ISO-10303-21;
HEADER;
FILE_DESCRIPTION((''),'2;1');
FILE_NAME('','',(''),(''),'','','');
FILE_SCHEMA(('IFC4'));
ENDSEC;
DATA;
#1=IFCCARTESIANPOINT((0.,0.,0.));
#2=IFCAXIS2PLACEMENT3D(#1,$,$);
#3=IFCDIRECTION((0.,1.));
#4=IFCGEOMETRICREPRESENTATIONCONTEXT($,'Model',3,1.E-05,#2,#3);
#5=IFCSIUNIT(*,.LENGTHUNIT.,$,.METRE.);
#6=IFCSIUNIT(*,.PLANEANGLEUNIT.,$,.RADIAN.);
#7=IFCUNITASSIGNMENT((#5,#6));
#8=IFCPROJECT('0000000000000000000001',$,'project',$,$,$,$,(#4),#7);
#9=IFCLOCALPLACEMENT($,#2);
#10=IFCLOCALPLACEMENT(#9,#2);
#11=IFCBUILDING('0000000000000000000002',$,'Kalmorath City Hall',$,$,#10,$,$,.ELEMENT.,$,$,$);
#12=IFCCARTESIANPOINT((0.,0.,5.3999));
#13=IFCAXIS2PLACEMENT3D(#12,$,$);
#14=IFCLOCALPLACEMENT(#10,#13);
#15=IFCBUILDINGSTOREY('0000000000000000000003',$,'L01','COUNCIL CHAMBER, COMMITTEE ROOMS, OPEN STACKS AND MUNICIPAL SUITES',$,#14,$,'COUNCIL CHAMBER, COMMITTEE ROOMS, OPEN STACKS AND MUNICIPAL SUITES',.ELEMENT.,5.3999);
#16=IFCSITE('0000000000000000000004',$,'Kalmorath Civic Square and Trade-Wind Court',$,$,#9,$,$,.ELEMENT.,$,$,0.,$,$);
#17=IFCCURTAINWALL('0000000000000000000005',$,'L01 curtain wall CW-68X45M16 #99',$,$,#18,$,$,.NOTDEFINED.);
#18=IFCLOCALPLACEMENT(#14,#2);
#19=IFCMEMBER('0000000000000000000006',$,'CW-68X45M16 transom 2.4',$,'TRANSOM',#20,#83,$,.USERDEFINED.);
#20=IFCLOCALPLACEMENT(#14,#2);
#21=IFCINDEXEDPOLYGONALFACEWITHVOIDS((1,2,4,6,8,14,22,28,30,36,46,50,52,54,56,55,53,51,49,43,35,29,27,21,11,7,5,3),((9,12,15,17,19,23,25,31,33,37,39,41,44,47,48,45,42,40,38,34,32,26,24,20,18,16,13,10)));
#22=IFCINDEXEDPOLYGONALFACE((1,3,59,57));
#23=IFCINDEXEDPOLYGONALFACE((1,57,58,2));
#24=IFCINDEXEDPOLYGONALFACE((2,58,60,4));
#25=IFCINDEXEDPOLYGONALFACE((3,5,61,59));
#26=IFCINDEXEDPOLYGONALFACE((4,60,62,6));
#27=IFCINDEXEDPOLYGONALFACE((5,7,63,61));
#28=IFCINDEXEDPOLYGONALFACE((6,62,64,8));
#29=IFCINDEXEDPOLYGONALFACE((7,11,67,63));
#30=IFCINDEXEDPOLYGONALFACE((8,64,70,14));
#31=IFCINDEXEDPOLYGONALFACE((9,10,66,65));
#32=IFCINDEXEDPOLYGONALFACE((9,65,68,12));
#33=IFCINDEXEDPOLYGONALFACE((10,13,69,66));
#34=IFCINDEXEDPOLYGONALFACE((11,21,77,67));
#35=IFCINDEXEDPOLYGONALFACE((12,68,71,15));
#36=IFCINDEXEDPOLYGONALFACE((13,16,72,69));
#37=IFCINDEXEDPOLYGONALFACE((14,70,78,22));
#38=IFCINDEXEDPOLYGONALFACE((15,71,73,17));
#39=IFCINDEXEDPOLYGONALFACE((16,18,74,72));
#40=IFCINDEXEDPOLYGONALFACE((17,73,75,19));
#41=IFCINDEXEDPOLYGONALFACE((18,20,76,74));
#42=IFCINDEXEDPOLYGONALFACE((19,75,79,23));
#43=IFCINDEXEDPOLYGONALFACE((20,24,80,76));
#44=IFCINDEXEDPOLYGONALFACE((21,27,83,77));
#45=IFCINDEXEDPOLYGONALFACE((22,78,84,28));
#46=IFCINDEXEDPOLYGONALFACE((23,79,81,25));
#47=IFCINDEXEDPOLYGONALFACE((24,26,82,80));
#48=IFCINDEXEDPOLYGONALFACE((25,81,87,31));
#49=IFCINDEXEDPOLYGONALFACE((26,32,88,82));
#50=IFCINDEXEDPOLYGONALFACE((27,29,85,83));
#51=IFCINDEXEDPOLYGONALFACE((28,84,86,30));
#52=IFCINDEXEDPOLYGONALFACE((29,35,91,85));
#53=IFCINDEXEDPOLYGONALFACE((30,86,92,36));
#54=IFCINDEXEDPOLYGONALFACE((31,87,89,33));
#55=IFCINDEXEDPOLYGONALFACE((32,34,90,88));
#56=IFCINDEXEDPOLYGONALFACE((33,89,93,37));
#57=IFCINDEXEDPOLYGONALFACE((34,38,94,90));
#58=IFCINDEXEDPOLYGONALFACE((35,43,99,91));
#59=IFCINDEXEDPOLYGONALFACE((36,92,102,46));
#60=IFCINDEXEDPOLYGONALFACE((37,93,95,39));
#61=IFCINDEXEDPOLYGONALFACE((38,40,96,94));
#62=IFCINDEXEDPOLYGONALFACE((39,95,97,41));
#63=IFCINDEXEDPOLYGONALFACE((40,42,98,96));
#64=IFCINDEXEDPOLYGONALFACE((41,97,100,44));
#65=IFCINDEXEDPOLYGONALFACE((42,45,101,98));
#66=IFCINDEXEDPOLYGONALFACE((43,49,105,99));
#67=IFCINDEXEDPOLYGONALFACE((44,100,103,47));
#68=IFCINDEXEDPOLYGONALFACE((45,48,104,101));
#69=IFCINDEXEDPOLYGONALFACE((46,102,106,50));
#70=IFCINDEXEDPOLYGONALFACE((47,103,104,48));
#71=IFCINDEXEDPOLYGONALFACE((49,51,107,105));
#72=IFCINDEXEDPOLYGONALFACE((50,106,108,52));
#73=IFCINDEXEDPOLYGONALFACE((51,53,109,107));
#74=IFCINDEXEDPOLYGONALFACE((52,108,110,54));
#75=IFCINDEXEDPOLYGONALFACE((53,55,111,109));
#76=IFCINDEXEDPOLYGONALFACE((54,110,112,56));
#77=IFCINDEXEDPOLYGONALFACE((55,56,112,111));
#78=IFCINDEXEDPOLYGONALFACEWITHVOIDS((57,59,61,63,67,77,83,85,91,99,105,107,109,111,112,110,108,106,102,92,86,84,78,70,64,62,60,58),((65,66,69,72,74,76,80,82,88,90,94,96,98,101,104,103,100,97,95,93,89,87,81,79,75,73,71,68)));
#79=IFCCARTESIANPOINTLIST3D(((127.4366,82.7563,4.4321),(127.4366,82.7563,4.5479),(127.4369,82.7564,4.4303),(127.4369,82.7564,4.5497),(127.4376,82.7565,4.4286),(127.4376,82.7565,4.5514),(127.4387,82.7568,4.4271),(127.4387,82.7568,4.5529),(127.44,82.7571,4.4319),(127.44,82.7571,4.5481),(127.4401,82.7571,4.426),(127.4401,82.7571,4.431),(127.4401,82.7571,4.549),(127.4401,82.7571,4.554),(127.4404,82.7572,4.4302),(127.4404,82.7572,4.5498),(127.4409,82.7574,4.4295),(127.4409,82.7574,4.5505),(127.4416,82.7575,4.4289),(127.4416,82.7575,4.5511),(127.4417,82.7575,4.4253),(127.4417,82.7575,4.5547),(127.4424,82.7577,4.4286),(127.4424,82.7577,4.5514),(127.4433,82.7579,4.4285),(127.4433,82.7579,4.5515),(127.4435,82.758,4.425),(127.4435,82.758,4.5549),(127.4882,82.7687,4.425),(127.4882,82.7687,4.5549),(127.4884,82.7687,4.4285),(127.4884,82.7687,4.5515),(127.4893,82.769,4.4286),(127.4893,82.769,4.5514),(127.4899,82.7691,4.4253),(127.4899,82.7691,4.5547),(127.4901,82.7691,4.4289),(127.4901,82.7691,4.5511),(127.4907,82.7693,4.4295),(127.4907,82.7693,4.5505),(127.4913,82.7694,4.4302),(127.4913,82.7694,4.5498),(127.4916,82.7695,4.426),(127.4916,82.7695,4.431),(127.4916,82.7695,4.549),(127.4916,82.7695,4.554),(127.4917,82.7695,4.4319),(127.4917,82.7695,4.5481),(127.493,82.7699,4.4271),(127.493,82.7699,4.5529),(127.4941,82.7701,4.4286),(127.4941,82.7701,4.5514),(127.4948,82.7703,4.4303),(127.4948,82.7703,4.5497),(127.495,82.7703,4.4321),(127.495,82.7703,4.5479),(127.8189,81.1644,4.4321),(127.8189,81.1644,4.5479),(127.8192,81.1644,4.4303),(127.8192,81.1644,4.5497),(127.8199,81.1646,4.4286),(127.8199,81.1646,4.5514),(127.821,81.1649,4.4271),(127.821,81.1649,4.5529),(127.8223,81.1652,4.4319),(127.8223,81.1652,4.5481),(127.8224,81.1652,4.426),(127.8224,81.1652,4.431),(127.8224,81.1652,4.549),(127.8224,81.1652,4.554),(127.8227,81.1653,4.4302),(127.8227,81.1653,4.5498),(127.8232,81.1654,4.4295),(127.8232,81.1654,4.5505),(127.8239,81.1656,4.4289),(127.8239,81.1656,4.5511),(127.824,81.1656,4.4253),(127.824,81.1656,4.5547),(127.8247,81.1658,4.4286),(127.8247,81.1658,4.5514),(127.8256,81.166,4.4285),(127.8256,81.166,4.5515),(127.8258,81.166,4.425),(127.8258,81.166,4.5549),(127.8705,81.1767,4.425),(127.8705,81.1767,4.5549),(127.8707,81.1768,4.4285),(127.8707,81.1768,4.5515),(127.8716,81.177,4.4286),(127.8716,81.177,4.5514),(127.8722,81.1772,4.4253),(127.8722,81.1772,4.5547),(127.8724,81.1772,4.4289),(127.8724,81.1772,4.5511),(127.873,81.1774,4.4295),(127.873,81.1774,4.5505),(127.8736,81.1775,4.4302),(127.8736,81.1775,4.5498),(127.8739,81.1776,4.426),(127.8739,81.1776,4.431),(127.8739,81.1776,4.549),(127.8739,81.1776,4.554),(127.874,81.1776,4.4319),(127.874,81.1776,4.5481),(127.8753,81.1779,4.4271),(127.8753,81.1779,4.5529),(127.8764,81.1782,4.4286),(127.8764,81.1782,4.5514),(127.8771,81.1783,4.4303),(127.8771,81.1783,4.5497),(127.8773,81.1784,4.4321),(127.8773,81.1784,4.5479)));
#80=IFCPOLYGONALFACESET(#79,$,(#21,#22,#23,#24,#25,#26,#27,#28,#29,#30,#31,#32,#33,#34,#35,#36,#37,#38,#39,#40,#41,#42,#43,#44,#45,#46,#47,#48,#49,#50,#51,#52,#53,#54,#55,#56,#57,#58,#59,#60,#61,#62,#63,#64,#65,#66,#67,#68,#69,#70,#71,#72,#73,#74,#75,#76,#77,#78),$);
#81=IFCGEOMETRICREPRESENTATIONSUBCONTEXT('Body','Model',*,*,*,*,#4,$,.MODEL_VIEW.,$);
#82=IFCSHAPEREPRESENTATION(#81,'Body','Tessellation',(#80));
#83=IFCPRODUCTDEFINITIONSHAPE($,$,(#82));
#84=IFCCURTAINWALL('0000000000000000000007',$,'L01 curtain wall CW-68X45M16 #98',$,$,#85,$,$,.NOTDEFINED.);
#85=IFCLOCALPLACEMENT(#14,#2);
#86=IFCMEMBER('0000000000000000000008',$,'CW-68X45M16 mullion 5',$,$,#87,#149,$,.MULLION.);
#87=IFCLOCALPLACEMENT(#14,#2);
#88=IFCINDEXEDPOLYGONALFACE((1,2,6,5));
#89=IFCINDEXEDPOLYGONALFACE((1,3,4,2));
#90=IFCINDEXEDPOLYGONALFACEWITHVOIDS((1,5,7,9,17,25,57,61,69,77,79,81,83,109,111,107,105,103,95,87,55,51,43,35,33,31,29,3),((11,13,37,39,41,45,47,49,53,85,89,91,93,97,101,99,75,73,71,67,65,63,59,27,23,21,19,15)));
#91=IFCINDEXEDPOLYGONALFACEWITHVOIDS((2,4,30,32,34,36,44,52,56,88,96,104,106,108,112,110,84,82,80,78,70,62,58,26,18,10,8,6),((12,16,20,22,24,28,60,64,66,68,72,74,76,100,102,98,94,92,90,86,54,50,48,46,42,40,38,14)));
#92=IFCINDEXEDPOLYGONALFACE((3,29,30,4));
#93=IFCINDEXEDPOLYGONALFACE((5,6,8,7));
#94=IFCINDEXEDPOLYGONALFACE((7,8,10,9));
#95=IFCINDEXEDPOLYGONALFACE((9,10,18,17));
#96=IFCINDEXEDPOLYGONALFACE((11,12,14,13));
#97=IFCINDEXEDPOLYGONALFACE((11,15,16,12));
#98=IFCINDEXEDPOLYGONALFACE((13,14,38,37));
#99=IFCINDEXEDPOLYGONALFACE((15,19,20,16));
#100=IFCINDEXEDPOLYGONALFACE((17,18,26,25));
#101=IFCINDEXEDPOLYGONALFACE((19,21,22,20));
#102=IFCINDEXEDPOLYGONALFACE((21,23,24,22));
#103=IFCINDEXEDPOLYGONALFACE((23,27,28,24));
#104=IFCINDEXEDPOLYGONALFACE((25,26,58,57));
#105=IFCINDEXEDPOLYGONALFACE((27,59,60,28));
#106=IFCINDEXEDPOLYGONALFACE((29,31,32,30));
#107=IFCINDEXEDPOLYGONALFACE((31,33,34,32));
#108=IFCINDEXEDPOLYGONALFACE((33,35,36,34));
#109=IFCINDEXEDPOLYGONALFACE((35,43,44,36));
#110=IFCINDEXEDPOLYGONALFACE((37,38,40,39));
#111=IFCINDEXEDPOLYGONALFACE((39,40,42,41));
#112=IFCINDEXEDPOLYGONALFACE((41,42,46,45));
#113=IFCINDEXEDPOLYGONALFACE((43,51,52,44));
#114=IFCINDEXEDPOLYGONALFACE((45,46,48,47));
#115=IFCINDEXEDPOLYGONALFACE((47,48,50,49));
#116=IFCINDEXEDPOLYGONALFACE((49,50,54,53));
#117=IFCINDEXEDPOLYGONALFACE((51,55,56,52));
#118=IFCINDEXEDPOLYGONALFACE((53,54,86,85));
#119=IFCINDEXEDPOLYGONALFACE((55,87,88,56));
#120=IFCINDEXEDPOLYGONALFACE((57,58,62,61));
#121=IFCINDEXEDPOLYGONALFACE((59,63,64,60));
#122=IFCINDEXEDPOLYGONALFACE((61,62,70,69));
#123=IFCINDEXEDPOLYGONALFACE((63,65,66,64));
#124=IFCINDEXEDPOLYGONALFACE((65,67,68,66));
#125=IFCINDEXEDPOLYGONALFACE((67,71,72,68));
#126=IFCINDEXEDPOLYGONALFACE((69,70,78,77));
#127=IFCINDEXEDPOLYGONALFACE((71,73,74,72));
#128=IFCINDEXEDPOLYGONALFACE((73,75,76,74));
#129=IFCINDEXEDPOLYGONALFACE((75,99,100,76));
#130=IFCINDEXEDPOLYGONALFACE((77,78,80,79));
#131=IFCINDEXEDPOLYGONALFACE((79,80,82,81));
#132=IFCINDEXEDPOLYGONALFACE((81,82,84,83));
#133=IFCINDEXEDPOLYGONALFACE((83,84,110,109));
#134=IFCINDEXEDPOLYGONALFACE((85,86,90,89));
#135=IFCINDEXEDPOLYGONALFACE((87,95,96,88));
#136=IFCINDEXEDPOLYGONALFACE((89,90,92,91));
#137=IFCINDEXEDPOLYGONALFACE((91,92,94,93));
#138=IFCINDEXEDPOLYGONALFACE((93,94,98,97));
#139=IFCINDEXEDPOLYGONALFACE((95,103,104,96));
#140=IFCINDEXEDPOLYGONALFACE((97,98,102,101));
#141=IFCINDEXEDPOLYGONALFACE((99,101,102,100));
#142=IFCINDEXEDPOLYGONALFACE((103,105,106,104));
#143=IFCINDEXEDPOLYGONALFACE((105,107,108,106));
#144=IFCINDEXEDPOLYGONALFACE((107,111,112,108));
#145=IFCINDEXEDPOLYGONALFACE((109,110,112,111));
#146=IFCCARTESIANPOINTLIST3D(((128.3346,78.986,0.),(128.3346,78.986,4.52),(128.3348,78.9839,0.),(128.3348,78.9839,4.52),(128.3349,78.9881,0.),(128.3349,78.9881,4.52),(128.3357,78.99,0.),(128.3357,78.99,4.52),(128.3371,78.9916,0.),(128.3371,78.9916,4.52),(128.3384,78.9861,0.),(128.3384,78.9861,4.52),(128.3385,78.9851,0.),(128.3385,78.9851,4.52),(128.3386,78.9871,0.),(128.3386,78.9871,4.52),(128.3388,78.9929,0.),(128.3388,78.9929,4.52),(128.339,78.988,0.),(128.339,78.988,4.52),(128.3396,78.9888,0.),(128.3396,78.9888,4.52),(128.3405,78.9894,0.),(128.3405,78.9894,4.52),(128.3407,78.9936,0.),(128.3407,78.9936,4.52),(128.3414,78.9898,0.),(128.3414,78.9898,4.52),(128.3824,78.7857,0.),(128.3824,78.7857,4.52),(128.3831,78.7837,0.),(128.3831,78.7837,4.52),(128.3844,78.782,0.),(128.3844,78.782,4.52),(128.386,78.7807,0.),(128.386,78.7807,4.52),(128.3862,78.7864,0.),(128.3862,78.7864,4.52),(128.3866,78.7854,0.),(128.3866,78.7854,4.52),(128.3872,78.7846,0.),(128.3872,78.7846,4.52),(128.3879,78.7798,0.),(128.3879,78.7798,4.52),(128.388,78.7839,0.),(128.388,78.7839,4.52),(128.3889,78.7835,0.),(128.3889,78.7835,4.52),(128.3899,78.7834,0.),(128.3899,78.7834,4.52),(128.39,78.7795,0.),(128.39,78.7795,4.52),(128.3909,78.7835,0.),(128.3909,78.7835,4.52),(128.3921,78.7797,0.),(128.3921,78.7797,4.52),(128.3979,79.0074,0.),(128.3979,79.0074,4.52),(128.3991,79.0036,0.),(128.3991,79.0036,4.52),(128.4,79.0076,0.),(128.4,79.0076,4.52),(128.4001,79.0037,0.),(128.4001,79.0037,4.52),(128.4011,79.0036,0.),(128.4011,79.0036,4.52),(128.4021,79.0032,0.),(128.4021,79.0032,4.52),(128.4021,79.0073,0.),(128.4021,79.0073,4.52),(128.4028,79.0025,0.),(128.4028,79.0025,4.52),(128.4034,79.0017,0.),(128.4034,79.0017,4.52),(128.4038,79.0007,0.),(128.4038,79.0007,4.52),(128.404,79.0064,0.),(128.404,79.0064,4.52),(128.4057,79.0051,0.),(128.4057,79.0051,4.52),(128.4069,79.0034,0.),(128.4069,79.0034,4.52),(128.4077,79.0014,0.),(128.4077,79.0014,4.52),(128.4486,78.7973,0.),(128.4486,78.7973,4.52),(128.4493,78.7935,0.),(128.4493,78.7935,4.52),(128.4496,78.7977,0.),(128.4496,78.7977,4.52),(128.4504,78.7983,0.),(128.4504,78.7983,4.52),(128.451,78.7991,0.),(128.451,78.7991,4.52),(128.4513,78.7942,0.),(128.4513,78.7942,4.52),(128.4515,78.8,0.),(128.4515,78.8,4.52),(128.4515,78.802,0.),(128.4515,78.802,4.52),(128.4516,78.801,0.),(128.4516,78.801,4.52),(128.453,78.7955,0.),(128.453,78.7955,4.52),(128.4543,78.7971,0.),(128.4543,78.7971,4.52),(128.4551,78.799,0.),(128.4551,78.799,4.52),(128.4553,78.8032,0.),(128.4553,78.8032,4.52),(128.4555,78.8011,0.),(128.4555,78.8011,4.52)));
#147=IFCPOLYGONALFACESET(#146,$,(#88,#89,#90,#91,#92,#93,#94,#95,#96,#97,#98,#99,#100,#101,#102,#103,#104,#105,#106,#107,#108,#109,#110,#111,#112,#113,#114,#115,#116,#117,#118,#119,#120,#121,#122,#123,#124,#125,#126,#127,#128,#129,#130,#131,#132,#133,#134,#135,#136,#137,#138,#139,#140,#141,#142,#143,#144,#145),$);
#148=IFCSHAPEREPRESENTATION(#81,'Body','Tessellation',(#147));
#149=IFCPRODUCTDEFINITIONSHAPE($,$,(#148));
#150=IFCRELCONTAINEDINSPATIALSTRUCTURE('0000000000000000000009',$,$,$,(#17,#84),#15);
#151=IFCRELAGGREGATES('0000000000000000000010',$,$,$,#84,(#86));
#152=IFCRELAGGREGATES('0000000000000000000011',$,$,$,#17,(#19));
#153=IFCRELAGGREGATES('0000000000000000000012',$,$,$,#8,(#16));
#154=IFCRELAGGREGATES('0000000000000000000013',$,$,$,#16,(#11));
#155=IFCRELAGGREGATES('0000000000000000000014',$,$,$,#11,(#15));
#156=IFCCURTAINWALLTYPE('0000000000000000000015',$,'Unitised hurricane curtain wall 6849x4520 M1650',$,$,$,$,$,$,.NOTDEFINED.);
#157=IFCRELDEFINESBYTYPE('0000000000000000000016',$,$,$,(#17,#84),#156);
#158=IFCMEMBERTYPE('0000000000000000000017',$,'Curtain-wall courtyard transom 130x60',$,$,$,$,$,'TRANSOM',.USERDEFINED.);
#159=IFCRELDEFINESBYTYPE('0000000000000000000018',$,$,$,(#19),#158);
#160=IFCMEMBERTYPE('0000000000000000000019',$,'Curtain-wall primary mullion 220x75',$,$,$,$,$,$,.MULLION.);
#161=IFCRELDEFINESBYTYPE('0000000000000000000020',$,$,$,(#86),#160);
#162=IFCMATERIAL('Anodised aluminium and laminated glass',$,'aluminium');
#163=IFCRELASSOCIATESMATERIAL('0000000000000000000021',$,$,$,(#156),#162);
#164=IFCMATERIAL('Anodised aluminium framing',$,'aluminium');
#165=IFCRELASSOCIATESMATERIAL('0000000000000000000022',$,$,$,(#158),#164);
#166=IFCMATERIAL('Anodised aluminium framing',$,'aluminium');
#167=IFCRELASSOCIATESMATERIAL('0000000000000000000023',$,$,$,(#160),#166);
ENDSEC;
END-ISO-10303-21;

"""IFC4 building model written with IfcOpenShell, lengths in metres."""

from ifc_helpers import new_model, si_unit, direction, frame, origin, origin_2d, place, context, subcontext, project, spatial, hollow_rectangle, extrude, material, material_profile, profile_set, type_object, element, aggregate, save


model = new_model("IFC4")

# Units and contexts
model_context = context("Model", 3, precision=1e-05, world=origin(), true_north=direction((0.0, 1.0)))
body_context = subcontext(model_context, "Body", "Model", "MODEL_VIEW")
ifc_project = project(units=[si_unit("LENGTHUNIT", "METRE"), si_unit("PLANEANGLEUNIT", "RADIAN")], contexts=[model_context])

# Site, building, storey
site_placement = place(None, origin())
site = spatial("IfcSite", under=ifc_project, at=site_placement, Name="Kalmorath Civic Square and Trade-Wind Court", CompositionType="ELEMENT", RefElevation=0.0)
building_placement = place(site_placement, origin())
building = spatial("IfcBuilding", under=site, at=building_placement, Name="Kalmorath City Hall", CompositionType="ELEMENT")
storey_placement = place(building_placement, frame((0.0, 0.0, 5.3999)))
storey = spatial("IfcBuildingStorey", under=building, at=storey_placement, Name="L01", Description="COUNCIL CHAMBER, COMMITTEE ROOMS, OPEN STACKS AND MUNICIPAL SUITES", LongName="COUNCIL CHAMBER, COMMITTEE ROOMS, OPEN STACKS AND MUNICIPAL SUITES", CompositionType="ELEMENT", Elevation=5.3999)

# Curtain wall, member
ifc_material_1 = material(Name="Anodised aluminium and laminated glass", Category="aluminium")
curtain_wall_type = type_object("IfcCurtainWallType", Name="Unitised hurricane curtain wall 6849x4520 M1650", PredefinedType="NOTDEFINED", material=ifc_material_1)
curtain_wall_1_placement = place(storey_placement, origin())
curtain_wall_1 = element("IfcCurtainWall", 1, at=curtain_wall_1_placement, inside=storey, type_object=curtain_wall_type, Name="L01 curtain wall CW-68X45M16 #99", PredefinedType="NOTDEFINED")
ifc_material_2 = material(Name="Anodised aluminium framing", Category="aluminium")
ifc_material_profile_1 = material_profile(ifc_material_2, hollow_rectangle(XDim=0.0601, YDim=0.1299, WallThickness=0.0034, InnerFilletRadius=0.0034, OuterFilletRadius=0.0071, at=origin_2d()), Name="ALU-TRN-130X60X3.5")
ifc_profile_set_1 = profile_set([ifc_material_profile_1], Name="Anodised aluminium framing")
member_type_1 = type_object("IfcMemberType", Name="Curtain-wall courtyard transom 130x60", ElementType="TRANSOM", PredefinedType="USERDEFINED", material=ifc_profile_set_1)
member_1_placement = place(storey_placement, frame((127.8481, 81.1714, 4.49), z_axis=(-0.233508, 0.972355, 0.0), x_axis=(-0.972355, -0.233508, 0.0)))
member_1 = element("IfcMember", 2, at=member_1_placement, type_object=member_type_1, Name="CW-68X45M16 transom 2.4", ObjectType="TRANSOM", PredefinedType="USERDEFINED", context=body_context, shape_type="SweptSolid", body=[
    extrude(hollow_rectangle(XDim=0.0601, YDim=0.1299, WallThickness=0.0034, InnerFilletRadius=0.0034, OuterFilletRadius=0.0071, at=origin_2d()), origin(), (0.0, 0.0, 1.0), 1.6372),
])

# Curtain wall, member
curtain_wall_2_placement = place(storey_placement, origin())
curtain_wall_2 = element("IfcCurtainWall", 3, at=curtain_wall_2_placement, inside=storey, type_object=curtain_wall_type, Name="L01 curtain wall CW-68X45M16 #98", PredefinedType="NOTDEFINED")
ifc_material_3 = material(Name="Anodised aluminium framing", Category="aluminium")
ifc_material_profile_2 = material_profile(ifc_material_3, hollow_rectangle(XDim=0.075, YDim=0.22, WallThickness=0.0039, InnerFilletRadius=0.0039, OuterFilletRadius=0.0081, at=origin_2d()), Name="ALU-MUL-220X75X4")
ifc_profile_set_2 = profile_set([ifc_material_profile_2], Name="Anodised aluminium framing")
member_type_2 = type_object("IfcMemberType", Name="Curtain-wall primary mullion 220x75", PredefinedType="MULLION", material=ifc_profile_set_2)
member_2_placement = place(storey_placement, frame((128.395, 78.8936, 0.0), z_axis=(0.0, 0.0, 1.0), x_axis=(-0.972367, -0.233456, 0.0)))
member_2 = element("IfcMember", 4, at=member_2_placement, type_object=member_type_2, Name="CW-68X45M16 mullion 5", PredefinedType="MULLION", context=body_context, shape_type="SweptSolid", body=[
    extrude(hollow_rectangle(XDim=0.075, YDim=0.22, WallThickness=0.0039, InnerFilletRadius=0.0039, OuterFilletRadius=0.0081, at=origin_2d()), origin(), (0.0, 0.0, 1.0), 4.52),
])

aggregate(curtain_wall_2, [member_2])
aggregate(curtain_wall_1, [member_1])

save(model, "model.ifc")
